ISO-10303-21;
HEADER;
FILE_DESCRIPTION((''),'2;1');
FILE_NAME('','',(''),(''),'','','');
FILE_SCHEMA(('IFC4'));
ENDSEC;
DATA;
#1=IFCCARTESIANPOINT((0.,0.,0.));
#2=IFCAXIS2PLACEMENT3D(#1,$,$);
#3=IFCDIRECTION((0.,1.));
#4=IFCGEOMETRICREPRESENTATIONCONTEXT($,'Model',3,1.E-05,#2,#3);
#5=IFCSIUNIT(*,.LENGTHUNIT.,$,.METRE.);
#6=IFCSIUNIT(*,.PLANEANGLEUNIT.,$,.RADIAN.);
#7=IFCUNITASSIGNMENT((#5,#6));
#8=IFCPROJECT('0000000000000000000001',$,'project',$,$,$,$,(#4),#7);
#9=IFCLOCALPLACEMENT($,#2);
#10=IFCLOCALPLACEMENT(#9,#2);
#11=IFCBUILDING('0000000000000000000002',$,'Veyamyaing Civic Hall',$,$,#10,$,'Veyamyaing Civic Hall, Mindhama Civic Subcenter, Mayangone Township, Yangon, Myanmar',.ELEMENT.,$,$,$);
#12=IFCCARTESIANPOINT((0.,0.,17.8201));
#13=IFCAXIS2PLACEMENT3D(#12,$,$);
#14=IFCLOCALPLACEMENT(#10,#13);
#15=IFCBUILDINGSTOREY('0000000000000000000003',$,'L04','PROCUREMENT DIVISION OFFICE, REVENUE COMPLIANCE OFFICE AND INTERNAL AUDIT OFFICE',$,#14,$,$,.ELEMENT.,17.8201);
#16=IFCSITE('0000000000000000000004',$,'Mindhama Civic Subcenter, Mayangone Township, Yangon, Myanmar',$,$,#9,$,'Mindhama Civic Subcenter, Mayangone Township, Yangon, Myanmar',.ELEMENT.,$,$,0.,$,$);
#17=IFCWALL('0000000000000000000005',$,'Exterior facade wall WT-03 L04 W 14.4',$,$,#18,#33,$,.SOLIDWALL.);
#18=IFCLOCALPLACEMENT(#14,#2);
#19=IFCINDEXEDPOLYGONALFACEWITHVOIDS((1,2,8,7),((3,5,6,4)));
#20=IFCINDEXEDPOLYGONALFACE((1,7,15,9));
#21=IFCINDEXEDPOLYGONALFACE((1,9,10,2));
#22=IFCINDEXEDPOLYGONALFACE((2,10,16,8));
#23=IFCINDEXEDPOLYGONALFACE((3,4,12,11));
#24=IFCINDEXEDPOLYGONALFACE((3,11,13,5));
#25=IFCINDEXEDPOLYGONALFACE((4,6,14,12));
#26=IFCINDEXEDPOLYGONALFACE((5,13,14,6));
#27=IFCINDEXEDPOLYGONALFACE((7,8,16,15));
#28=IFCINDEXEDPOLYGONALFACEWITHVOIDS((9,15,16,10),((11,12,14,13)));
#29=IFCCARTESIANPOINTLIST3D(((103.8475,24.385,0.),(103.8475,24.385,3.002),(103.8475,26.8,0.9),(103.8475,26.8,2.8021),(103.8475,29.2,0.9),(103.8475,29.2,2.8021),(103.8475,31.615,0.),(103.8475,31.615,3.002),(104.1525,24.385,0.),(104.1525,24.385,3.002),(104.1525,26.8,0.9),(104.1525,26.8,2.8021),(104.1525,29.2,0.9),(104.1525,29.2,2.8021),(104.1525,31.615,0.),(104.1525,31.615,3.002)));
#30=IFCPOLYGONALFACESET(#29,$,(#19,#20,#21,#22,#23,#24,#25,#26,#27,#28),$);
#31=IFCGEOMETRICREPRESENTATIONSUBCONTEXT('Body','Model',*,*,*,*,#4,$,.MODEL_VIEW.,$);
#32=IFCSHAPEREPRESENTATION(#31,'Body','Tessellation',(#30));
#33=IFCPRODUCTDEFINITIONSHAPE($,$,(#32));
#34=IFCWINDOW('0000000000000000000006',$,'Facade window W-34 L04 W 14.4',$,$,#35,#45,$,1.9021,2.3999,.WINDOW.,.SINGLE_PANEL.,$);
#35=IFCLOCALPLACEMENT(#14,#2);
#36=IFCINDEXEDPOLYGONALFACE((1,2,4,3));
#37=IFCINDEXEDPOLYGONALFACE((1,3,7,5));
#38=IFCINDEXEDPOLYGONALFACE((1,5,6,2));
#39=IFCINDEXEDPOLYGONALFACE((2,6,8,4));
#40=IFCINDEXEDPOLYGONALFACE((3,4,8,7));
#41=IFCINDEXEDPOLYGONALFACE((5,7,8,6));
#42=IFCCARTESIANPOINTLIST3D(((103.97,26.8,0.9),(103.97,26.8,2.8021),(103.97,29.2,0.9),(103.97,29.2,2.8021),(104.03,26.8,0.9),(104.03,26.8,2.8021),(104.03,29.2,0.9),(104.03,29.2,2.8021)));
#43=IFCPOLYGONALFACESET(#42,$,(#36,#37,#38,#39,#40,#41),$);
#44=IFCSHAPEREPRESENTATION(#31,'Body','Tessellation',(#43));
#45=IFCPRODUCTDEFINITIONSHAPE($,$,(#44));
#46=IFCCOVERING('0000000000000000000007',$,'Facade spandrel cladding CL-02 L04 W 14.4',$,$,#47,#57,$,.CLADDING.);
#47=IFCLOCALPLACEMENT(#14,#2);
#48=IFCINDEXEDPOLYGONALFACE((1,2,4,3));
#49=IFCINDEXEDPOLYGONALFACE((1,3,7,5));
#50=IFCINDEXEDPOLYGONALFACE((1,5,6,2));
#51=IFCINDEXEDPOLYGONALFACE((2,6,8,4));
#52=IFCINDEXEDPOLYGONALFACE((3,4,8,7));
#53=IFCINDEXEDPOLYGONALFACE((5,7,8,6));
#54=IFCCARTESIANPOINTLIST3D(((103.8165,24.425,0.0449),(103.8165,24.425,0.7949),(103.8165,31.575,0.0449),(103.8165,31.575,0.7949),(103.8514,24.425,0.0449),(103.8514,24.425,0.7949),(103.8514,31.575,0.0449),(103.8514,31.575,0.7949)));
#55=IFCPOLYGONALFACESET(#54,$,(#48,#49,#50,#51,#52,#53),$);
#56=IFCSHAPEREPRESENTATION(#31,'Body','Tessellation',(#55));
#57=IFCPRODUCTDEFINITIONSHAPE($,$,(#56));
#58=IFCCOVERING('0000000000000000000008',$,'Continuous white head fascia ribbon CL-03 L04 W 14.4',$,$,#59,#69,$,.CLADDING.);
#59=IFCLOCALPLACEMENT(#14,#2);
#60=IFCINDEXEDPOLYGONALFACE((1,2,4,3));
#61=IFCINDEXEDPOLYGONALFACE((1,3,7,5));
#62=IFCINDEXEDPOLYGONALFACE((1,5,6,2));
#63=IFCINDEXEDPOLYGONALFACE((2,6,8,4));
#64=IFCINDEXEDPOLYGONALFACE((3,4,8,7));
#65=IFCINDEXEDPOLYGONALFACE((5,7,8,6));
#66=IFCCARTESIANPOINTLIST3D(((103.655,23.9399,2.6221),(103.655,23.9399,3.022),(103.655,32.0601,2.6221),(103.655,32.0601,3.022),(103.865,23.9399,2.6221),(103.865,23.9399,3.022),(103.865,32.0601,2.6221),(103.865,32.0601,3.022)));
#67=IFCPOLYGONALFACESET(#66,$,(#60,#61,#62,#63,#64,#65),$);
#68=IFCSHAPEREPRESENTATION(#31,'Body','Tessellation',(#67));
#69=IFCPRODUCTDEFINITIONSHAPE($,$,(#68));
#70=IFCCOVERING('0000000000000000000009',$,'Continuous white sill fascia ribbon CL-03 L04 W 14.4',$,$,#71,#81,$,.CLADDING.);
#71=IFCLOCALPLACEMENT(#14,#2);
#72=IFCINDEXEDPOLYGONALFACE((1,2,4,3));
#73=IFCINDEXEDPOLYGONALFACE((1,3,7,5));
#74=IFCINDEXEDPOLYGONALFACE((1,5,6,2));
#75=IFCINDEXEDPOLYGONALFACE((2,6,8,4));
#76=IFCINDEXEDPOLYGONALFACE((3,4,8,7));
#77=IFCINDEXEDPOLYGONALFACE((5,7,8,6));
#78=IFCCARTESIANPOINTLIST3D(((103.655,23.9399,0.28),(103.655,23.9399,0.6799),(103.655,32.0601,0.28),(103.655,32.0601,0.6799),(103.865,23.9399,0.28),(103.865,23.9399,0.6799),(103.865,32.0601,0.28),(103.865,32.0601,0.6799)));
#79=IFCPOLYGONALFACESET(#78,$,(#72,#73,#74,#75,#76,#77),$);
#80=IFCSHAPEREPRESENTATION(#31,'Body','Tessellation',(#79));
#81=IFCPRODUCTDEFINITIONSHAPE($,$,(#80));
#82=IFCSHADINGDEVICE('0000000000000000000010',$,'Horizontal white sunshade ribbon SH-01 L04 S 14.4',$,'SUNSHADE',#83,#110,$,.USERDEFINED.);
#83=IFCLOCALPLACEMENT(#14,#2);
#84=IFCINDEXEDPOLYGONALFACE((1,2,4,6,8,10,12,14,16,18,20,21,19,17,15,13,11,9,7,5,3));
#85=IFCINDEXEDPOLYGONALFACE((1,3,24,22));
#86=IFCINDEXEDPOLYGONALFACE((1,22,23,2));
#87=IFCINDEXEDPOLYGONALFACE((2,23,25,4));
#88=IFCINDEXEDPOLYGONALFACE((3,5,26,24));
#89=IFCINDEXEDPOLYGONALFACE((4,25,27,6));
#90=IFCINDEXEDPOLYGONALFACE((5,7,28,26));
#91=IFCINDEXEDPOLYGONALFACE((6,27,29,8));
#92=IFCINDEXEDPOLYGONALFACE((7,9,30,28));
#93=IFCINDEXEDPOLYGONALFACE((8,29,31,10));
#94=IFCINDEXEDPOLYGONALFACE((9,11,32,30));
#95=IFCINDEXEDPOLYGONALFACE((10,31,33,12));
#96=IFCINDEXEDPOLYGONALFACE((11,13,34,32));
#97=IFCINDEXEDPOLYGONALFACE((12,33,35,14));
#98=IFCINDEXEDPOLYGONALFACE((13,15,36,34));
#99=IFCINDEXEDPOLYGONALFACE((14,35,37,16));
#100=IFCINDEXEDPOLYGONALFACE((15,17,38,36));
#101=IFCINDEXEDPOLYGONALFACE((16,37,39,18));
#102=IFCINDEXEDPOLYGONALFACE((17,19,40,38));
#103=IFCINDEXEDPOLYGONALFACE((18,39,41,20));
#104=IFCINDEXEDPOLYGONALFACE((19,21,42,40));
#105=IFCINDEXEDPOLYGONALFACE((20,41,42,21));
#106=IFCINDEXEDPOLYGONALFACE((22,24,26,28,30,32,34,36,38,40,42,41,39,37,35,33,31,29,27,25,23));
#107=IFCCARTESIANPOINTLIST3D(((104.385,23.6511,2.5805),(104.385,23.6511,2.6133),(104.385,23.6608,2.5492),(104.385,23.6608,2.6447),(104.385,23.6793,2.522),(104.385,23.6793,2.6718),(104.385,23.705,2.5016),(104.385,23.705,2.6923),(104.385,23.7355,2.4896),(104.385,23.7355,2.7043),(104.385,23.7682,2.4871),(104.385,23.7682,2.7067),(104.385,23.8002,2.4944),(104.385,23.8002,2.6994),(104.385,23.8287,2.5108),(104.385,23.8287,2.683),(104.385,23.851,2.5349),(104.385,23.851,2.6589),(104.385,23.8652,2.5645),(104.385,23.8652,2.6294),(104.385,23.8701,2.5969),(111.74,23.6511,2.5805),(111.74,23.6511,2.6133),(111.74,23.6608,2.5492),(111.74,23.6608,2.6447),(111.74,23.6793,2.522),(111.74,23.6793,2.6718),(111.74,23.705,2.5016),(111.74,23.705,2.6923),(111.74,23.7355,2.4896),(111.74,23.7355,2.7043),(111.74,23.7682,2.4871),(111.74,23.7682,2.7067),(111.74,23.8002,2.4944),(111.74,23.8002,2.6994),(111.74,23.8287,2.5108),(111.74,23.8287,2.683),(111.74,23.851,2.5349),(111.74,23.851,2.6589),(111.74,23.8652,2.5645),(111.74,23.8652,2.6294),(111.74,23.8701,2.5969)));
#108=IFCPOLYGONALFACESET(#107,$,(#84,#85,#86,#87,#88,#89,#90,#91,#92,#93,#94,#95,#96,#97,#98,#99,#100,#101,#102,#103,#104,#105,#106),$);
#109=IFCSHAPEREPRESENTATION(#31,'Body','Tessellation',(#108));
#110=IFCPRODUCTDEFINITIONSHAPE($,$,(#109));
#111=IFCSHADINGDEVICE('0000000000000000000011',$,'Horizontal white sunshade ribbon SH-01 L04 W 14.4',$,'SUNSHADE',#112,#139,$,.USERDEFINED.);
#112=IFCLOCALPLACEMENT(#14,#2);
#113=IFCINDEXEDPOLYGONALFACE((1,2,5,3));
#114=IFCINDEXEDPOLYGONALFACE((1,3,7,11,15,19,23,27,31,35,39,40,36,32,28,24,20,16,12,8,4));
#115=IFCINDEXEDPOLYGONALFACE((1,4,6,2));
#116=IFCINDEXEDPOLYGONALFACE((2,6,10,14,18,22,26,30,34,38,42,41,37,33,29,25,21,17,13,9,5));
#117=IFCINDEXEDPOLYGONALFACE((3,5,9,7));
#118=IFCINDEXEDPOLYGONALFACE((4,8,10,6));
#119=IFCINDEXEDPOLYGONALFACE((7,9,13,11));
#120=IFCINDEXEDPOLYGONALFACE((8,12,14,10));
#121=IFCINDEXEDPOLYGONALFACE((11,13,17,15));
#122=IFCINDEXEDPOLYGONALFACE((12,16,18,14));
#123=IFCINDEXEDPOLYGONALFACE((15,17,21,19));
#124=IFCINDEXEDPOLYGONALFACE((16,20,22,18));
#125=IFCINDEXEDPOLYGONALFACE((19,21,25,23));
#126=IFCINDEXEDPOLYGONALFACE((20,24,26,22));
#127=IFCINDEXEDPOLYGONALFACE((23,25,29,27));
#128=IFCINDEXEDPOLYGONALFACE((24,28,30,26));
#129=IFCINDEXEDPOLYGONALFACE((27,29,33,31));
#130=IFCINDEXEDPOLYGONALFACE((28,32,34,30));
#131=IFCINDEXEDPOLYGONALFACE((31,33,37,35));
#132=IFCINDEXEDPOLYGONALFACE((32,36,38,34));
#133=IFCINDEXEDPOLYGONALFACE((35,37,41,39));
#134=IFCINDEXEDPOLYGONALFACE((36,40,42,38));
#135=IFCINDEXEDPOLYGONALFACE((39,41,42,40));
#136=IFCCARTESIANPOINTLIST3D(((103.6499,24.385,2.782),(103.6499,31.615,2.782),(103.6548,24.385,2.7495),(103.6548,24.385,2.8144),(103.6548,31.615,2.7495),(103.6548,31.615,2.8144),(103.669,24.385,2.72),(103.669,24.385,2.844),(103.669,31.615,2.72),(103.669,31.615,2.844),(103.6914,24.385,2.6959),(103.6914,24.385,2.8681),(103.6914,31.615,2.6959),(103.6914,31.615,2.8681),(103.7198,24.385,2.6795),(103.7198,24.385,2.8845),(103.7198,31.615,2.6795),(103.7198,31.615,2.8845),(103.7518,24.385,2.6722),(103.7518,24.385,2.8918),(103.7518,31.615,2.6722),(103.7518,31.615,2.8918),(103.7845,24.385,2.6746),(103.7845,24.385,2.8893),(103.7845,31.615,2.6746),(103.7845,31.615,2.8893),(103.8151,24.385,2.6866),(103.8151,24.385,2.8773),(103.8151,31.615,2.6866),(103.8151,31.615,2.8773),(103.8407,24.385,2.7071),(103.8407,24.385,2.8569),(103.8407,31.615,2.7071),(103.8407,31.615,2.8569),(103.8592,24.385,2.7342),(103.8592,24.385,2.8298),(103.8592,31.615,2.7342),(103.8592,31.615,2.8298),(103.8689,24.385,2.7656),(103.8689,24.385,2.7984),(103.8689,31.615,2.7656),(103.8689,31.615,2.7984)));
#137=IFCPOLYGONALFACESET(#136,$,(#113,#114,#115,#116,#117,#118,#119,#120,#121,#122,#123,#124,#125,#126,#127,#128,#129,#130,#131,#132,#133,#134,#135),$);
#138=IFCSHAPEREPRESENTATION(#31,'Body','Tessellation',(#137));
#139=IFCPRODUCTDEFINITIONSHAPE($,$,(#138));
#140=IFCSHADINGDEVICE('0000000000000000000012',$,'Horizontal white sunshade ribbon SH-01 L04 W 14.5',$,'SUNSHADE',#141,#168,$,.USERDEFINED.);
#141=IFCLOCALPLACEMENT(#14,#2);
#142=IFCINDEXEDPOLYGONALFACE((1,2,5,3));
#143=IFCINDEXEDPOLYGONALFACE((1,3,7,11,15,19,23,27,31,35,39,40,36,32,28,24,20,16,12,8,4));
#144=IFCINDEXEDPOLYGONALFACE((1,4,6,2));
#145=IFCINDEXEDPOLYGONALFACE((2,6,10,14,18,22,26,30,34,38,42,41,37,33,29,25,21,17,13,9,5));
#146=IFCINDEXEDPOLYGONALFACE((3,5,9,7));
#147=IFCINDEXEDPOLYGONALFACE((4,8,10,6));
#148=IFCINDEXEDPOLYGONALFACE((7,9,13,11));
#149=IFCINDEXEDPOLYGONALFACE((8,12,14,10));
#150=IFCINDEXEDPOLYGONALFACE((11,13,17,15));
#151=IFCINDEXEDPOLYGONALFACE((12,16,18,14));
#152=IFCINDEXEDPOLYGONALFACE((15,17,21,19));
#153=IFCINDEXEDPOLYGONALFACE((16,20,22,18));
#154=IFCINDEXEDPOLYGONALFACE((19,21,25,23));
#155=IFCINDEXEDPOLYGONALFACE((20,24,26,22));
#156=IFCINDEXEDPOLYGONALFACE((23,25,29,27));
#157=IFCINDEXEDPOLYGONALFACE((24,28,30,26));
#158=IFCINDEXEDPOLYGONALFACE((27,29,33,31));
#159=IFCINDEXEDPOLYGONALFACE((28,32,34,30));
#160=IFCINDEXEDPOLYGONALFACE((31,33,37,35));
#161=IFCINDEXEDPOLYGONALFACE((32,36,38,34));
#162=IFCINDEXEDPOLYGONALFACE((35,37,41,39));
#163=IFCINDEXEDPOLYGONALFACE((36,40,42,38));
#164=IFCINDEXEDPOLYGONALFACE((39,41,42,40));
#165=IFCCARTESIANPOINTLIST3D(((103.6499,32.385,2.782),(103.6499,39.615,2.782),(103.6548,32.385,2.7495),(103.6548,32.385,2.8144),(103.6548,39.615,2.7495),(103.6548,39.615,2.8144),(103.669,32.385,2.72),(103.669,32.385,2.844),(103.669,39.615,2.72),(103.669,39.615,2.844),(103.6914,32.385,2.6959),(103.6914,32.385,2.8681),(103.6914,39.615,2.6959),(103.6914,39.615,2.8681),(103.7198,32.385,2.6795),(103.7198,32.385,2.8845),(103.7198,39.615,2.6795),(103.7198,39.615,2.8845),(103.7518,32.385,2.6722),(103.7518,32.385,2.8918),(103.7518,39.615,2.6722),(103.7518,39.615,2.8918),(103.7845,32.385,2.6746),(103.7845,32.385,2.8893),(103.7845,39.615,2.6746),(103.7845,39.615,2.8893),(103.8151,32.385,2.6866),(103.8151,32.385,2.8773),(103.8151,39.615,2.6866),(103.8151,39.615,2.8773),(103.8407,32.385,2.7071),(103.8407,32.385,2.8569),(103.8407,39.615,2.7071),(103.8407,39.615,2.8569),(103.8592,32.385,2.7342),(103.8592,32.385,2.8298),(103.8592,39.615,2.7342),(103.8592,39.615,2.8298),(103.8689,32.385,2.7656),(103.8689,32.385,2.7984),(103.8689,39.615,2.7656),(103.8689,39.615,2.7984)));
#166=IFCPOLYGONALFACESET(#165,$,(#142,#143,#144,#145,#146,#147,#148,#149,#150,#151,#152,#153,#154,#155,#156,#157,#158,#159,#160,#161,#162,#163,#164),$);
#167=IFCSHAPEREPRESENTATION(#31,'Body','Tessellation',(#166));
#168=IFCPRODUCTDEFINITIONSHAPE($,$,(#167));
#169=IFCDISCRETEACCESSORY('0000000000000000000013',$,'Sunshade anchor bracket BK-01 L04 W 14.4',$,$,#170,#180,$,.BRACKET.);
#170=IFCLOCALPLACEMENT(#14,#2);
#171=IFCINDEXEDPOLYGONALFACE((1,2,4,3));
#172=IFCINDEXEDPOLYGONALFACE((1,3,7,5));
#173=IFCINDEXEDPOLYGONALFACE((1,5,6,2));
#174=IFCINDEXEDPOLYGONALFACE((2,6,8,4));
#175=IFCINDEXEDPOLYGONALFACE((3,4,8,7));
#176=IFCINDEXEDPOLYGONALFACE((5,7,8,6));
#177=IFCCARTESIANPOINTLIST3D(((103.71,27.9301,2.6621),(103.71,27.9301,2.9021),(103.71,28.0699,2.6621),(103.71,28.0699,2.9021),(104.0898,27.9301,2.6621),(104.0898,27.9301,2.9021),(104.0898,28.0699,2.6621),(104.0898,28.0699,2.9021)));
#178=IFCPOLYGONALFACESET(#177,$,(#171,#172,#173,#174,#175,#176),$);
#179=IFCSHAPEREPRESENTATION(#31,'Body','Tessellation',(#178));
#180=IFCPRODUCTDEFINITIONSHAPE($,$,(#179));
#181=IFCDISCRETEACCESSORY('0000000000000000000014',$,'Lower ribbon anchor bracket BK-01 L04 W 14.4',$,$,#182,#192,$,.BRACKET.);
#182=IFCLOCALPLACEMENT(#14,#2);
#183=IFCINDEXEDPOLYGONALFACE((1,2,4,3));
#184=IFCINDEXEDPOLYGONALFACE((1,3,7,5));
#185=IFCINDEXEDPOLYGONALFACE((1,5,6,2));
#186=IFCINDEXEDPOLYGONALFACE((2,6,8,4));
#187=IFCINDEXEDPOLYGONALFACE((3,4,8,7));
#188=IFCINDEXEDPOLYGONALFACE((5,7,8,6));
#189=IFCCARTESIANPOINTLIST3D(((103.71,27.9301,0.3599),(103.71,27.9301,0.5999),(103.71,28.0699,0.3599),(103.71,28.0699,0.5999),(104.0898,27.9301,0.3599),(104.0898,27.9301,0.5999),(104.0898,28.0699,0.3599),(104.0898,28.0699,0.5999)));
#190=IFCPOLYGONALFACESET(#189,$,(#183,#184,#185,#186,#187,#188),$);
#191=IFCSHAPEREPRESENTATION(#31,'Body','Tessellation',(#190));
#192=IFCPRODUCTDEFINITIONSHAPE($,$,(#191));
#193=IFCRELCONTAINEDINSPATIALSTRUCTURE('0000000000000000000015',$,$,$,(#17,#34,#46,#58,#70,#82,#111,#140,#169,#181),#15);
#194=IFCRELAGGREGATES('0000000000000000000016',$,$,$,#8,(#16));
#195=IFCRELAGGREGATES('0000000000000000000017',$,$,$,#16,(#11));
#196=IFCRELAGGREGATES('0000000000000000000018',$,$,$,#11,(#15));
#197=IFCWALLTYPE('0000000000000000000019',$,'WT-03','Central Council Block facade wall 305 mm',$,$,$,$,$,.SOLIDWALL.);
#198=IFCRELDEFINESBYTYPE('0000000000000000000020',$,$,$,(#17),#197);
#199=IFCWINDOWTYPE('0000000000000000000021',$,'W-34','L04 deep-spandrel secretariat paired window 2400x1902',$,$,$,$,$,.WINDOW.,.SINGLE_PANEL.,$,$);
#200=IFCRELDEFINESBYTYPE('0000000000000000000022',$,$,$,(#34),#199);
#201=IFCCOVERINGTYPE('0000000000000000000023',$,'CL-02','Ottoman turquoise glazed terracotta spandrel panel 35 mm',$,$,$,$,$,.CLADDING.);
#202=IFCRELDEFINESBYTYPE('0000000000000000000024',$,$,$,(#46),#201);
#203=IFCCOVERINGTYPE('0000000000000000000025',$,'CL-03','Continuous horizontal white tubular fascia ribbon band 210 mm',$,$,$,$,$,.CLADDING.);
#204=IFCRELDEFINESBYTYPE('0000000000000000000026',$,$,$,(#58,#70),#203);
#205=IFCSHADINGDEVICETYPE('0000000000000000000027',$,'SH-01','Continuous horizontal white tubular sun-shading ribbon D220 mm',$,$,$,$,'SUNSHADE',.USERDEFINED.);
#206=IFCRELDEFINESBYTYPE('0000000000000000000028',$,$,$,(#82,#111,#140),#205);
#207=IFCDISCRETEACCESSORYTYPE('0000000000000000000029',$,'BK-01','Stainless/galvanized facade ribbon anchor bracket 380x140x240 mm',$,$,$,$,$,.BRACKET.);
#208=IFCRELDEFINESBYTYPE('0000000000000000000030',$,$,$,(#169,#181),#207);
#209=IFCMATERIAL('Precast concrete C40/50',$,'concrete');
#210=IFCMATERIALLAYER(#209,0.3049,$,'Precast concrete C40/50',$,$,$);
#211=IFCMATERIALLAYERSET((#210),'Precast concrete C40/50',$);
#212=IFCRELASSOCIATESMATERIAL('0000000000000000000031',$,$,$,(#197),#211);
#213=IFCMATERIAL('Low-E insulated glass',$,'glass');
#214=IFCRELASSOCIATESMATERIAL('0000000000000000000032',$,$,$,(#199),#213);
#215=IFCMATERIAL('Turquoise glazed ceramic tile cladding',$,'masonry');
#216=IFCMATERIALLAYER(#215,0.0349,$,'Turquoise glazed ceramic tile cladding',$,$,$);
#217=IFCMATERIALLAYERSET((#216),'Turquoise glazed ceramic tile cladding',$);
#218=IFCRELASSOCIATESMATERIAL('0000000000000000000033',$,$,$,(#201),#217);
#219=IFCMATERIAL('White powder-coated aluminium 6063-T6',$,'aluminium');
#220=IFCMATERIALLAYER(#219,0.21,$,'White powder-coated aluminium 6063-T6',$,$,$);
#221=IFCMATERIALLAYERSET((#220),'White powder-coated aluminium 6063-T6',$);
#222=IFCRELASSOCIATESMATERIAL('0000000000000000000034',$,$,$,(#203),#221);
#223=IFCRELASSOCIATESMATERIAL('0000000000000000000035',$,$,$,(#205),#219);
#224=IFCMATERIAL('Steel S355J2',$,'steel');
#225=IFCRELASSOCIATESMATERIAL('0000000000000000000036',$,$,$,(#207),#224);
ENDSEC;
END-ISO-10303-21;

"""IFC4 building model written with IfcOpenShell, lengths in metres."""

from ifc_helpers import new_model, si_unit, direction, frame, frame_2d, origin, origin_2d, place, context, subcontext, project, spatial, rectangle, circle, extrude, material, layer, layer_set, material_profile, profile_set, type_object, element, fill, save


model = new_model("IFC4")

# Units and contexts
model_context = context("Model", 3, precision=1e-05, world=origin(), true_north=direction((0.0, 1.0)))
body_context = subcontext(model_context, "Body", "Model", "MODEL_VIEW")
ifc_project = project(units=[si_unit("LENGTHUNIT", "METRE"), si_unit("PLANEANGLEUNIT", "RADIAN")], contexts=[model_context])

# Site, building, storey
site_placement = place(None, origin())
site = spatial("IfcSite", under=ifc_project, at=site_placement, Name="Mindhama Civic Subcenter, Mayangone Township, Yangon, Myanmar", LongName="Mindhama Civic Subcenter, Mayangone Township, Yangon, Myanmar", CompositionType="ELEMENT", RefElevation=0.0)
building_placement = place(site_placement, origin())
building = spatial("IfcBuilding", under=site, at=building_placement, Name="Veyamyaing Civic Hall", LongName="Veyamyaing Civic Hall, Mindhama Civic Subcenter, Mayangone Township, Yangon, Myanmar", CompositionType="ELEMENT")
storey_placement = place(building_placement, frame((0.0, 0.0, 17.8201)))
storey = spatial("IfcBuildingStorey", under=building, at=storey_placement, Name="L04", Description="PROCUREMENT DIVISION OFFICE, REVENUE COMPLIANCE OFFICE AND INTERNAL AUDIT OFFICE", CompositionType="ELEMENT", Elevation=17.8201)

# Shared definitions
ifc_material_1 = material(Name="Steel S355J2", Category="steel")

# Shared definitions
ifc_material_2 = material(Name="Low-E insulated glass", Category="glass")

# Shared definitions
ifc_material_3 = material(Name="Precast concrete C40/50", Category="concrete")
ifc_layer_1 = layer(ifc_material_3, 0.3049, Name="Precast concrete C40/50")
ifc_layer_set_1 = layer_set([ifc_layer_1], Name="Precast concrete C40/50")
wall_type_1 = type_object("IfcWallType", Name="WT-03", Description="Central Council Block facade wall 305 mm", PredefinedType="SOLIDWALL", material=ifc_layer_set_1)

# Wall, opening, window
wall_1_placement = place(storey_placement, frame((104.0, 24.385, 0.0), z_axis=(0.0, 0.0, 1.0), x_axis=(0.0, 1.0, 0.0)))
wall_1 = element("IfcWall", 1, at=wall_1_placement, inside=storey, type_object=wall_type_1, Name="Exterior facade wall WT-03 L04 W 14.4", PredefinedType="SOLIDWALL", context=body_context, shape_type="SweptSolid", body=[
    extrude(rectangle(XDim=7.23, YDim=0.3049, at=frame_2d((3.615, 0.0))), origin(), (0.0, 0.0, 1.0), 3.002),
])
opening_1_placement = place(wall_1_placement, frame((2.415, 0.0, 0.8999)))
opening_1 = element("IfcOpeningElement", 2, at=opening_1_placement, cuts=wall_1, PredefinedType="OPENING", context=body_context, shape_type="SweptSolid", body=[
    extrude(rectangle(XDim=2.3999, YDim=1.9021, at=frame_2d((1.2, 0.9512))), frame((0.0, 0.1624, 0.0), z_axis=(0.0, -1.0, 0.0), x_axis=(1.0, 0.0, 0.0)), (0.0, 0.0, 1.0), 0.325),
])
window_type_1 = type_object("IfcWindowType", Name="W-34", Description="L04 deep-spandrel secretariat paired window 2400x1902", PartitioningType="SINGLE_PANEL", PredefinedType="WINDOW", material=ifc_material_2)
window_1_placement = place(opening_1_placement, origin())
window_1 = element("IfcWindow", 3, at=window_1_placement, inside=storey, type_object=window_type_1, Name="Facade window W-34 L04 W 14.4", OverallHeight=1.9021, OverallWidth=2.3999, PartitioningType="SINGLE_PANEL", PredefinedType="WINDOW", context=body_context, shape_type="SweptSolid", body=[
    extrude(rectangle(XDim=2.3999, YDim=1.9021, at=frame_2d((1.2, 0.9512))), frame((0.0, 0.03, 0.0), z_axis=(0.0, -1.0, 0.0), x_axis=(1.0, 0.0, 0.0)), (0.0, 0.0, 1.0), 0.0601),
])
fill(opening_1, window_1)

# Coverings
ifc_material_4 = material(Name="Turquoise glazed ceramic tile cladding", Category="masonry")
ifc_layer_2 = layer(ifc_material_4, 0.0349, Name="Turquoise glazed ceramic tile cladding")
ifc_layer_set_2 = layer_set([ifc_layer_2], Name="Turquoise glazed ceramic tile cladding")
covering_type_1 = type_object("IfcCoveringType", Name="CL-02", Description="Ottoman turquoise glazed terracotta spandrel panel 35 mm", PredefinedType="CLADDING", material=ifc_layer_set_2)
covering_placement = place(storey_placement, frame((103.834, 28.0, 0.0449), z_axis=(0.0, 0.0, 1.0), x_axis=(0.0, 1.0, 0.0)))
element("IfcCovering", 4, at=covering_placement, inside=storey, type_object=covering_type_1, Name="Facade spandrel cladding CL-02 L04 W 14.4", PredefinedType="CLADDING", context=body_context, shape_type="SweptSolid", body=[
    extrude(rectangle(XDim=7.1499, YDim=0.0349, at=origin_2d()), origin(), (0.0, 0.0, 1.0), 0.75),
])
ifc_material_5 = material(Name="White powder-coated aluminium 6063-T6", Category="aluminium")
ifc_layer_3 = layer(ifc_material_5, 0.21, Name="White powder-coated aluminium 6063-T6")
ifc_layer_set_3 = layer_set([ifc_layer_3], Name="White powder-coated aluminium 6063-T6")
covering_type_2 = type_object("IfcCoveringType", Name="CL-03", Description="Continuous horizontal white tubular fascia ribbon band 210 mm", PredefinedType="CLADDING", material=ifc_layer_set_3)
for number, where, z_axis, x_axis, name in (
    (5, (103.76, 28.0, 2.6221), (0.0, 0.0, 1.0), (0.0, 1.0, 0.0), "Continuous white head fascia ribbon CL-03 L04 W 14.4"),
    (6, (103.76, 28.0, 0.28), (0.0, 0.0, 1.0), (0.0, 1.0, 0.0), "Continuous white sill fascia ribbon CL-03 L04 W 14.4"),
):
    element("IfcCovering", number, at=place(storey_placement, frame(where, z_axis=z_axis, x_axis=x_axis)), inside=storey, type_object=covering_type_2, Name=name, PredefinedType="CLADDING", context=body_context, shape_type="SweptSolid", body=[
        extrude(rectangle(XDim=8.1201, YDim=0.21, at=origin_2d()), origin(), (0.0, 0.0, 1.0), 0.3999),
    ])

# Shading devices
ifc_material_profile_1 = material_profile(ifc_material_5, circle(Radius=0.1101, at=origin_2d()), Name="SHADE-TUBE-220")
ifc_profile_set_1 = profile_set([ifc_material_profile_1], Name="White powder-coated aluminium 6063-T6")
shading_device_type = type_object("IfcShadingDeviceType", Name="SH-01", Description="Continuous horizontal white tubular sun-shading ribbon D220 mm", ElementType="SUNSHADE", PredefinedType="USERDEFINED", material=ifc_profile_set_1)
shading_device_placement = place(storey_placement, frame((104.385, 23.76, 2.5969), z_axis=(1.0, 0.0, 0.0), x_axis=(0.0, 1.0, 0.0)))
element("IfcShadingDevice", 7, at=shading_device_placement, inside=storey, type_object=shading_device_type, Name="Horizontal white sunshade ribbon SH-01 L04 S 14.4", ObjectType="SUNSHADE", PredefinedType="USERDEFINED", context=body_context, shape_type="SweptSolid", body=[
    extrude(circle(Radius=0.1101, at=origin_2d()), origin(), (0.0, 0.0, 1.0), 7.355),
])
for number, where, z_axis, x_axis, name in (
    (8, (103.76, 24.385, 2.782), (0.0, 1.0, 0.0), (-1.0, 0.0, 0.0), "Horizontal white sunshade ribbon SH-01 L04 W 14.4"),
    (9, (103.76, 32.385, 2.782), (0.0, 1.0, 0.0), (-1.0, 0.0, 0.0), "Horizontal white sunshade ribbon SH-01 L04 W 14.5"),
):
    element("IfcShadingDevice", number, at=place(storey_placement, frame(where, z_axis=z_axis, x_axis=x_axis)), inside=storey, type_object=shading_device_type, Name=name, ObjectType="SUNSHADE", PredefinedType="USERDEFINED", context=body_context, shape_type="SweptSolid", body=[
        extrude(circle(Radius=0.1101, at=origin_2d()), origin(), (0.0, 0.0, 1.0), 7.23),
    ])

# Discrete accessories
discrete_accessory_type = type_object("IfcDiscreteAccessoryType", Name="BK-01", Description="Stainless/galvanized facade ribbon anchor bracket 380x140x240 mm", PredefinedType="BRACKET", material=ifc_material_1)
for number, where, z_axis, x_axis, name in (
    (10, (103.8999, 28.0, 2.6621), (0.0, 0.0, 1.0), (-1.0, 0.0, 0.0), "Sunshade anchor bracket BK-01 L04 W 14.4"),
    (11, (103.8999, 28.0, 0.3599), (0.0, 0.0, 1.0), (-1.0, 0.0, 0.0), "Lower ribbon anchor bracket BK-01 L04 W 14.4"),
):
    element("IfcDiscreteAccessory", number, at=place(storey_placement, frame(where, z_axis=z_axis, x_axis=x_axis)), inside=storey, type_object=discrete_accessory_type, Name=name, PredefinedType="BRACKET", context=body_context, shape_type="SweptSolid", body=[
        extrude(rectangle(XDim=0.3799, YDim=0.1399, at=origin_2d()), origin(), (0.0, 0.0, 1.0), 0.24),
    ])

save(model, "model.ifc")
